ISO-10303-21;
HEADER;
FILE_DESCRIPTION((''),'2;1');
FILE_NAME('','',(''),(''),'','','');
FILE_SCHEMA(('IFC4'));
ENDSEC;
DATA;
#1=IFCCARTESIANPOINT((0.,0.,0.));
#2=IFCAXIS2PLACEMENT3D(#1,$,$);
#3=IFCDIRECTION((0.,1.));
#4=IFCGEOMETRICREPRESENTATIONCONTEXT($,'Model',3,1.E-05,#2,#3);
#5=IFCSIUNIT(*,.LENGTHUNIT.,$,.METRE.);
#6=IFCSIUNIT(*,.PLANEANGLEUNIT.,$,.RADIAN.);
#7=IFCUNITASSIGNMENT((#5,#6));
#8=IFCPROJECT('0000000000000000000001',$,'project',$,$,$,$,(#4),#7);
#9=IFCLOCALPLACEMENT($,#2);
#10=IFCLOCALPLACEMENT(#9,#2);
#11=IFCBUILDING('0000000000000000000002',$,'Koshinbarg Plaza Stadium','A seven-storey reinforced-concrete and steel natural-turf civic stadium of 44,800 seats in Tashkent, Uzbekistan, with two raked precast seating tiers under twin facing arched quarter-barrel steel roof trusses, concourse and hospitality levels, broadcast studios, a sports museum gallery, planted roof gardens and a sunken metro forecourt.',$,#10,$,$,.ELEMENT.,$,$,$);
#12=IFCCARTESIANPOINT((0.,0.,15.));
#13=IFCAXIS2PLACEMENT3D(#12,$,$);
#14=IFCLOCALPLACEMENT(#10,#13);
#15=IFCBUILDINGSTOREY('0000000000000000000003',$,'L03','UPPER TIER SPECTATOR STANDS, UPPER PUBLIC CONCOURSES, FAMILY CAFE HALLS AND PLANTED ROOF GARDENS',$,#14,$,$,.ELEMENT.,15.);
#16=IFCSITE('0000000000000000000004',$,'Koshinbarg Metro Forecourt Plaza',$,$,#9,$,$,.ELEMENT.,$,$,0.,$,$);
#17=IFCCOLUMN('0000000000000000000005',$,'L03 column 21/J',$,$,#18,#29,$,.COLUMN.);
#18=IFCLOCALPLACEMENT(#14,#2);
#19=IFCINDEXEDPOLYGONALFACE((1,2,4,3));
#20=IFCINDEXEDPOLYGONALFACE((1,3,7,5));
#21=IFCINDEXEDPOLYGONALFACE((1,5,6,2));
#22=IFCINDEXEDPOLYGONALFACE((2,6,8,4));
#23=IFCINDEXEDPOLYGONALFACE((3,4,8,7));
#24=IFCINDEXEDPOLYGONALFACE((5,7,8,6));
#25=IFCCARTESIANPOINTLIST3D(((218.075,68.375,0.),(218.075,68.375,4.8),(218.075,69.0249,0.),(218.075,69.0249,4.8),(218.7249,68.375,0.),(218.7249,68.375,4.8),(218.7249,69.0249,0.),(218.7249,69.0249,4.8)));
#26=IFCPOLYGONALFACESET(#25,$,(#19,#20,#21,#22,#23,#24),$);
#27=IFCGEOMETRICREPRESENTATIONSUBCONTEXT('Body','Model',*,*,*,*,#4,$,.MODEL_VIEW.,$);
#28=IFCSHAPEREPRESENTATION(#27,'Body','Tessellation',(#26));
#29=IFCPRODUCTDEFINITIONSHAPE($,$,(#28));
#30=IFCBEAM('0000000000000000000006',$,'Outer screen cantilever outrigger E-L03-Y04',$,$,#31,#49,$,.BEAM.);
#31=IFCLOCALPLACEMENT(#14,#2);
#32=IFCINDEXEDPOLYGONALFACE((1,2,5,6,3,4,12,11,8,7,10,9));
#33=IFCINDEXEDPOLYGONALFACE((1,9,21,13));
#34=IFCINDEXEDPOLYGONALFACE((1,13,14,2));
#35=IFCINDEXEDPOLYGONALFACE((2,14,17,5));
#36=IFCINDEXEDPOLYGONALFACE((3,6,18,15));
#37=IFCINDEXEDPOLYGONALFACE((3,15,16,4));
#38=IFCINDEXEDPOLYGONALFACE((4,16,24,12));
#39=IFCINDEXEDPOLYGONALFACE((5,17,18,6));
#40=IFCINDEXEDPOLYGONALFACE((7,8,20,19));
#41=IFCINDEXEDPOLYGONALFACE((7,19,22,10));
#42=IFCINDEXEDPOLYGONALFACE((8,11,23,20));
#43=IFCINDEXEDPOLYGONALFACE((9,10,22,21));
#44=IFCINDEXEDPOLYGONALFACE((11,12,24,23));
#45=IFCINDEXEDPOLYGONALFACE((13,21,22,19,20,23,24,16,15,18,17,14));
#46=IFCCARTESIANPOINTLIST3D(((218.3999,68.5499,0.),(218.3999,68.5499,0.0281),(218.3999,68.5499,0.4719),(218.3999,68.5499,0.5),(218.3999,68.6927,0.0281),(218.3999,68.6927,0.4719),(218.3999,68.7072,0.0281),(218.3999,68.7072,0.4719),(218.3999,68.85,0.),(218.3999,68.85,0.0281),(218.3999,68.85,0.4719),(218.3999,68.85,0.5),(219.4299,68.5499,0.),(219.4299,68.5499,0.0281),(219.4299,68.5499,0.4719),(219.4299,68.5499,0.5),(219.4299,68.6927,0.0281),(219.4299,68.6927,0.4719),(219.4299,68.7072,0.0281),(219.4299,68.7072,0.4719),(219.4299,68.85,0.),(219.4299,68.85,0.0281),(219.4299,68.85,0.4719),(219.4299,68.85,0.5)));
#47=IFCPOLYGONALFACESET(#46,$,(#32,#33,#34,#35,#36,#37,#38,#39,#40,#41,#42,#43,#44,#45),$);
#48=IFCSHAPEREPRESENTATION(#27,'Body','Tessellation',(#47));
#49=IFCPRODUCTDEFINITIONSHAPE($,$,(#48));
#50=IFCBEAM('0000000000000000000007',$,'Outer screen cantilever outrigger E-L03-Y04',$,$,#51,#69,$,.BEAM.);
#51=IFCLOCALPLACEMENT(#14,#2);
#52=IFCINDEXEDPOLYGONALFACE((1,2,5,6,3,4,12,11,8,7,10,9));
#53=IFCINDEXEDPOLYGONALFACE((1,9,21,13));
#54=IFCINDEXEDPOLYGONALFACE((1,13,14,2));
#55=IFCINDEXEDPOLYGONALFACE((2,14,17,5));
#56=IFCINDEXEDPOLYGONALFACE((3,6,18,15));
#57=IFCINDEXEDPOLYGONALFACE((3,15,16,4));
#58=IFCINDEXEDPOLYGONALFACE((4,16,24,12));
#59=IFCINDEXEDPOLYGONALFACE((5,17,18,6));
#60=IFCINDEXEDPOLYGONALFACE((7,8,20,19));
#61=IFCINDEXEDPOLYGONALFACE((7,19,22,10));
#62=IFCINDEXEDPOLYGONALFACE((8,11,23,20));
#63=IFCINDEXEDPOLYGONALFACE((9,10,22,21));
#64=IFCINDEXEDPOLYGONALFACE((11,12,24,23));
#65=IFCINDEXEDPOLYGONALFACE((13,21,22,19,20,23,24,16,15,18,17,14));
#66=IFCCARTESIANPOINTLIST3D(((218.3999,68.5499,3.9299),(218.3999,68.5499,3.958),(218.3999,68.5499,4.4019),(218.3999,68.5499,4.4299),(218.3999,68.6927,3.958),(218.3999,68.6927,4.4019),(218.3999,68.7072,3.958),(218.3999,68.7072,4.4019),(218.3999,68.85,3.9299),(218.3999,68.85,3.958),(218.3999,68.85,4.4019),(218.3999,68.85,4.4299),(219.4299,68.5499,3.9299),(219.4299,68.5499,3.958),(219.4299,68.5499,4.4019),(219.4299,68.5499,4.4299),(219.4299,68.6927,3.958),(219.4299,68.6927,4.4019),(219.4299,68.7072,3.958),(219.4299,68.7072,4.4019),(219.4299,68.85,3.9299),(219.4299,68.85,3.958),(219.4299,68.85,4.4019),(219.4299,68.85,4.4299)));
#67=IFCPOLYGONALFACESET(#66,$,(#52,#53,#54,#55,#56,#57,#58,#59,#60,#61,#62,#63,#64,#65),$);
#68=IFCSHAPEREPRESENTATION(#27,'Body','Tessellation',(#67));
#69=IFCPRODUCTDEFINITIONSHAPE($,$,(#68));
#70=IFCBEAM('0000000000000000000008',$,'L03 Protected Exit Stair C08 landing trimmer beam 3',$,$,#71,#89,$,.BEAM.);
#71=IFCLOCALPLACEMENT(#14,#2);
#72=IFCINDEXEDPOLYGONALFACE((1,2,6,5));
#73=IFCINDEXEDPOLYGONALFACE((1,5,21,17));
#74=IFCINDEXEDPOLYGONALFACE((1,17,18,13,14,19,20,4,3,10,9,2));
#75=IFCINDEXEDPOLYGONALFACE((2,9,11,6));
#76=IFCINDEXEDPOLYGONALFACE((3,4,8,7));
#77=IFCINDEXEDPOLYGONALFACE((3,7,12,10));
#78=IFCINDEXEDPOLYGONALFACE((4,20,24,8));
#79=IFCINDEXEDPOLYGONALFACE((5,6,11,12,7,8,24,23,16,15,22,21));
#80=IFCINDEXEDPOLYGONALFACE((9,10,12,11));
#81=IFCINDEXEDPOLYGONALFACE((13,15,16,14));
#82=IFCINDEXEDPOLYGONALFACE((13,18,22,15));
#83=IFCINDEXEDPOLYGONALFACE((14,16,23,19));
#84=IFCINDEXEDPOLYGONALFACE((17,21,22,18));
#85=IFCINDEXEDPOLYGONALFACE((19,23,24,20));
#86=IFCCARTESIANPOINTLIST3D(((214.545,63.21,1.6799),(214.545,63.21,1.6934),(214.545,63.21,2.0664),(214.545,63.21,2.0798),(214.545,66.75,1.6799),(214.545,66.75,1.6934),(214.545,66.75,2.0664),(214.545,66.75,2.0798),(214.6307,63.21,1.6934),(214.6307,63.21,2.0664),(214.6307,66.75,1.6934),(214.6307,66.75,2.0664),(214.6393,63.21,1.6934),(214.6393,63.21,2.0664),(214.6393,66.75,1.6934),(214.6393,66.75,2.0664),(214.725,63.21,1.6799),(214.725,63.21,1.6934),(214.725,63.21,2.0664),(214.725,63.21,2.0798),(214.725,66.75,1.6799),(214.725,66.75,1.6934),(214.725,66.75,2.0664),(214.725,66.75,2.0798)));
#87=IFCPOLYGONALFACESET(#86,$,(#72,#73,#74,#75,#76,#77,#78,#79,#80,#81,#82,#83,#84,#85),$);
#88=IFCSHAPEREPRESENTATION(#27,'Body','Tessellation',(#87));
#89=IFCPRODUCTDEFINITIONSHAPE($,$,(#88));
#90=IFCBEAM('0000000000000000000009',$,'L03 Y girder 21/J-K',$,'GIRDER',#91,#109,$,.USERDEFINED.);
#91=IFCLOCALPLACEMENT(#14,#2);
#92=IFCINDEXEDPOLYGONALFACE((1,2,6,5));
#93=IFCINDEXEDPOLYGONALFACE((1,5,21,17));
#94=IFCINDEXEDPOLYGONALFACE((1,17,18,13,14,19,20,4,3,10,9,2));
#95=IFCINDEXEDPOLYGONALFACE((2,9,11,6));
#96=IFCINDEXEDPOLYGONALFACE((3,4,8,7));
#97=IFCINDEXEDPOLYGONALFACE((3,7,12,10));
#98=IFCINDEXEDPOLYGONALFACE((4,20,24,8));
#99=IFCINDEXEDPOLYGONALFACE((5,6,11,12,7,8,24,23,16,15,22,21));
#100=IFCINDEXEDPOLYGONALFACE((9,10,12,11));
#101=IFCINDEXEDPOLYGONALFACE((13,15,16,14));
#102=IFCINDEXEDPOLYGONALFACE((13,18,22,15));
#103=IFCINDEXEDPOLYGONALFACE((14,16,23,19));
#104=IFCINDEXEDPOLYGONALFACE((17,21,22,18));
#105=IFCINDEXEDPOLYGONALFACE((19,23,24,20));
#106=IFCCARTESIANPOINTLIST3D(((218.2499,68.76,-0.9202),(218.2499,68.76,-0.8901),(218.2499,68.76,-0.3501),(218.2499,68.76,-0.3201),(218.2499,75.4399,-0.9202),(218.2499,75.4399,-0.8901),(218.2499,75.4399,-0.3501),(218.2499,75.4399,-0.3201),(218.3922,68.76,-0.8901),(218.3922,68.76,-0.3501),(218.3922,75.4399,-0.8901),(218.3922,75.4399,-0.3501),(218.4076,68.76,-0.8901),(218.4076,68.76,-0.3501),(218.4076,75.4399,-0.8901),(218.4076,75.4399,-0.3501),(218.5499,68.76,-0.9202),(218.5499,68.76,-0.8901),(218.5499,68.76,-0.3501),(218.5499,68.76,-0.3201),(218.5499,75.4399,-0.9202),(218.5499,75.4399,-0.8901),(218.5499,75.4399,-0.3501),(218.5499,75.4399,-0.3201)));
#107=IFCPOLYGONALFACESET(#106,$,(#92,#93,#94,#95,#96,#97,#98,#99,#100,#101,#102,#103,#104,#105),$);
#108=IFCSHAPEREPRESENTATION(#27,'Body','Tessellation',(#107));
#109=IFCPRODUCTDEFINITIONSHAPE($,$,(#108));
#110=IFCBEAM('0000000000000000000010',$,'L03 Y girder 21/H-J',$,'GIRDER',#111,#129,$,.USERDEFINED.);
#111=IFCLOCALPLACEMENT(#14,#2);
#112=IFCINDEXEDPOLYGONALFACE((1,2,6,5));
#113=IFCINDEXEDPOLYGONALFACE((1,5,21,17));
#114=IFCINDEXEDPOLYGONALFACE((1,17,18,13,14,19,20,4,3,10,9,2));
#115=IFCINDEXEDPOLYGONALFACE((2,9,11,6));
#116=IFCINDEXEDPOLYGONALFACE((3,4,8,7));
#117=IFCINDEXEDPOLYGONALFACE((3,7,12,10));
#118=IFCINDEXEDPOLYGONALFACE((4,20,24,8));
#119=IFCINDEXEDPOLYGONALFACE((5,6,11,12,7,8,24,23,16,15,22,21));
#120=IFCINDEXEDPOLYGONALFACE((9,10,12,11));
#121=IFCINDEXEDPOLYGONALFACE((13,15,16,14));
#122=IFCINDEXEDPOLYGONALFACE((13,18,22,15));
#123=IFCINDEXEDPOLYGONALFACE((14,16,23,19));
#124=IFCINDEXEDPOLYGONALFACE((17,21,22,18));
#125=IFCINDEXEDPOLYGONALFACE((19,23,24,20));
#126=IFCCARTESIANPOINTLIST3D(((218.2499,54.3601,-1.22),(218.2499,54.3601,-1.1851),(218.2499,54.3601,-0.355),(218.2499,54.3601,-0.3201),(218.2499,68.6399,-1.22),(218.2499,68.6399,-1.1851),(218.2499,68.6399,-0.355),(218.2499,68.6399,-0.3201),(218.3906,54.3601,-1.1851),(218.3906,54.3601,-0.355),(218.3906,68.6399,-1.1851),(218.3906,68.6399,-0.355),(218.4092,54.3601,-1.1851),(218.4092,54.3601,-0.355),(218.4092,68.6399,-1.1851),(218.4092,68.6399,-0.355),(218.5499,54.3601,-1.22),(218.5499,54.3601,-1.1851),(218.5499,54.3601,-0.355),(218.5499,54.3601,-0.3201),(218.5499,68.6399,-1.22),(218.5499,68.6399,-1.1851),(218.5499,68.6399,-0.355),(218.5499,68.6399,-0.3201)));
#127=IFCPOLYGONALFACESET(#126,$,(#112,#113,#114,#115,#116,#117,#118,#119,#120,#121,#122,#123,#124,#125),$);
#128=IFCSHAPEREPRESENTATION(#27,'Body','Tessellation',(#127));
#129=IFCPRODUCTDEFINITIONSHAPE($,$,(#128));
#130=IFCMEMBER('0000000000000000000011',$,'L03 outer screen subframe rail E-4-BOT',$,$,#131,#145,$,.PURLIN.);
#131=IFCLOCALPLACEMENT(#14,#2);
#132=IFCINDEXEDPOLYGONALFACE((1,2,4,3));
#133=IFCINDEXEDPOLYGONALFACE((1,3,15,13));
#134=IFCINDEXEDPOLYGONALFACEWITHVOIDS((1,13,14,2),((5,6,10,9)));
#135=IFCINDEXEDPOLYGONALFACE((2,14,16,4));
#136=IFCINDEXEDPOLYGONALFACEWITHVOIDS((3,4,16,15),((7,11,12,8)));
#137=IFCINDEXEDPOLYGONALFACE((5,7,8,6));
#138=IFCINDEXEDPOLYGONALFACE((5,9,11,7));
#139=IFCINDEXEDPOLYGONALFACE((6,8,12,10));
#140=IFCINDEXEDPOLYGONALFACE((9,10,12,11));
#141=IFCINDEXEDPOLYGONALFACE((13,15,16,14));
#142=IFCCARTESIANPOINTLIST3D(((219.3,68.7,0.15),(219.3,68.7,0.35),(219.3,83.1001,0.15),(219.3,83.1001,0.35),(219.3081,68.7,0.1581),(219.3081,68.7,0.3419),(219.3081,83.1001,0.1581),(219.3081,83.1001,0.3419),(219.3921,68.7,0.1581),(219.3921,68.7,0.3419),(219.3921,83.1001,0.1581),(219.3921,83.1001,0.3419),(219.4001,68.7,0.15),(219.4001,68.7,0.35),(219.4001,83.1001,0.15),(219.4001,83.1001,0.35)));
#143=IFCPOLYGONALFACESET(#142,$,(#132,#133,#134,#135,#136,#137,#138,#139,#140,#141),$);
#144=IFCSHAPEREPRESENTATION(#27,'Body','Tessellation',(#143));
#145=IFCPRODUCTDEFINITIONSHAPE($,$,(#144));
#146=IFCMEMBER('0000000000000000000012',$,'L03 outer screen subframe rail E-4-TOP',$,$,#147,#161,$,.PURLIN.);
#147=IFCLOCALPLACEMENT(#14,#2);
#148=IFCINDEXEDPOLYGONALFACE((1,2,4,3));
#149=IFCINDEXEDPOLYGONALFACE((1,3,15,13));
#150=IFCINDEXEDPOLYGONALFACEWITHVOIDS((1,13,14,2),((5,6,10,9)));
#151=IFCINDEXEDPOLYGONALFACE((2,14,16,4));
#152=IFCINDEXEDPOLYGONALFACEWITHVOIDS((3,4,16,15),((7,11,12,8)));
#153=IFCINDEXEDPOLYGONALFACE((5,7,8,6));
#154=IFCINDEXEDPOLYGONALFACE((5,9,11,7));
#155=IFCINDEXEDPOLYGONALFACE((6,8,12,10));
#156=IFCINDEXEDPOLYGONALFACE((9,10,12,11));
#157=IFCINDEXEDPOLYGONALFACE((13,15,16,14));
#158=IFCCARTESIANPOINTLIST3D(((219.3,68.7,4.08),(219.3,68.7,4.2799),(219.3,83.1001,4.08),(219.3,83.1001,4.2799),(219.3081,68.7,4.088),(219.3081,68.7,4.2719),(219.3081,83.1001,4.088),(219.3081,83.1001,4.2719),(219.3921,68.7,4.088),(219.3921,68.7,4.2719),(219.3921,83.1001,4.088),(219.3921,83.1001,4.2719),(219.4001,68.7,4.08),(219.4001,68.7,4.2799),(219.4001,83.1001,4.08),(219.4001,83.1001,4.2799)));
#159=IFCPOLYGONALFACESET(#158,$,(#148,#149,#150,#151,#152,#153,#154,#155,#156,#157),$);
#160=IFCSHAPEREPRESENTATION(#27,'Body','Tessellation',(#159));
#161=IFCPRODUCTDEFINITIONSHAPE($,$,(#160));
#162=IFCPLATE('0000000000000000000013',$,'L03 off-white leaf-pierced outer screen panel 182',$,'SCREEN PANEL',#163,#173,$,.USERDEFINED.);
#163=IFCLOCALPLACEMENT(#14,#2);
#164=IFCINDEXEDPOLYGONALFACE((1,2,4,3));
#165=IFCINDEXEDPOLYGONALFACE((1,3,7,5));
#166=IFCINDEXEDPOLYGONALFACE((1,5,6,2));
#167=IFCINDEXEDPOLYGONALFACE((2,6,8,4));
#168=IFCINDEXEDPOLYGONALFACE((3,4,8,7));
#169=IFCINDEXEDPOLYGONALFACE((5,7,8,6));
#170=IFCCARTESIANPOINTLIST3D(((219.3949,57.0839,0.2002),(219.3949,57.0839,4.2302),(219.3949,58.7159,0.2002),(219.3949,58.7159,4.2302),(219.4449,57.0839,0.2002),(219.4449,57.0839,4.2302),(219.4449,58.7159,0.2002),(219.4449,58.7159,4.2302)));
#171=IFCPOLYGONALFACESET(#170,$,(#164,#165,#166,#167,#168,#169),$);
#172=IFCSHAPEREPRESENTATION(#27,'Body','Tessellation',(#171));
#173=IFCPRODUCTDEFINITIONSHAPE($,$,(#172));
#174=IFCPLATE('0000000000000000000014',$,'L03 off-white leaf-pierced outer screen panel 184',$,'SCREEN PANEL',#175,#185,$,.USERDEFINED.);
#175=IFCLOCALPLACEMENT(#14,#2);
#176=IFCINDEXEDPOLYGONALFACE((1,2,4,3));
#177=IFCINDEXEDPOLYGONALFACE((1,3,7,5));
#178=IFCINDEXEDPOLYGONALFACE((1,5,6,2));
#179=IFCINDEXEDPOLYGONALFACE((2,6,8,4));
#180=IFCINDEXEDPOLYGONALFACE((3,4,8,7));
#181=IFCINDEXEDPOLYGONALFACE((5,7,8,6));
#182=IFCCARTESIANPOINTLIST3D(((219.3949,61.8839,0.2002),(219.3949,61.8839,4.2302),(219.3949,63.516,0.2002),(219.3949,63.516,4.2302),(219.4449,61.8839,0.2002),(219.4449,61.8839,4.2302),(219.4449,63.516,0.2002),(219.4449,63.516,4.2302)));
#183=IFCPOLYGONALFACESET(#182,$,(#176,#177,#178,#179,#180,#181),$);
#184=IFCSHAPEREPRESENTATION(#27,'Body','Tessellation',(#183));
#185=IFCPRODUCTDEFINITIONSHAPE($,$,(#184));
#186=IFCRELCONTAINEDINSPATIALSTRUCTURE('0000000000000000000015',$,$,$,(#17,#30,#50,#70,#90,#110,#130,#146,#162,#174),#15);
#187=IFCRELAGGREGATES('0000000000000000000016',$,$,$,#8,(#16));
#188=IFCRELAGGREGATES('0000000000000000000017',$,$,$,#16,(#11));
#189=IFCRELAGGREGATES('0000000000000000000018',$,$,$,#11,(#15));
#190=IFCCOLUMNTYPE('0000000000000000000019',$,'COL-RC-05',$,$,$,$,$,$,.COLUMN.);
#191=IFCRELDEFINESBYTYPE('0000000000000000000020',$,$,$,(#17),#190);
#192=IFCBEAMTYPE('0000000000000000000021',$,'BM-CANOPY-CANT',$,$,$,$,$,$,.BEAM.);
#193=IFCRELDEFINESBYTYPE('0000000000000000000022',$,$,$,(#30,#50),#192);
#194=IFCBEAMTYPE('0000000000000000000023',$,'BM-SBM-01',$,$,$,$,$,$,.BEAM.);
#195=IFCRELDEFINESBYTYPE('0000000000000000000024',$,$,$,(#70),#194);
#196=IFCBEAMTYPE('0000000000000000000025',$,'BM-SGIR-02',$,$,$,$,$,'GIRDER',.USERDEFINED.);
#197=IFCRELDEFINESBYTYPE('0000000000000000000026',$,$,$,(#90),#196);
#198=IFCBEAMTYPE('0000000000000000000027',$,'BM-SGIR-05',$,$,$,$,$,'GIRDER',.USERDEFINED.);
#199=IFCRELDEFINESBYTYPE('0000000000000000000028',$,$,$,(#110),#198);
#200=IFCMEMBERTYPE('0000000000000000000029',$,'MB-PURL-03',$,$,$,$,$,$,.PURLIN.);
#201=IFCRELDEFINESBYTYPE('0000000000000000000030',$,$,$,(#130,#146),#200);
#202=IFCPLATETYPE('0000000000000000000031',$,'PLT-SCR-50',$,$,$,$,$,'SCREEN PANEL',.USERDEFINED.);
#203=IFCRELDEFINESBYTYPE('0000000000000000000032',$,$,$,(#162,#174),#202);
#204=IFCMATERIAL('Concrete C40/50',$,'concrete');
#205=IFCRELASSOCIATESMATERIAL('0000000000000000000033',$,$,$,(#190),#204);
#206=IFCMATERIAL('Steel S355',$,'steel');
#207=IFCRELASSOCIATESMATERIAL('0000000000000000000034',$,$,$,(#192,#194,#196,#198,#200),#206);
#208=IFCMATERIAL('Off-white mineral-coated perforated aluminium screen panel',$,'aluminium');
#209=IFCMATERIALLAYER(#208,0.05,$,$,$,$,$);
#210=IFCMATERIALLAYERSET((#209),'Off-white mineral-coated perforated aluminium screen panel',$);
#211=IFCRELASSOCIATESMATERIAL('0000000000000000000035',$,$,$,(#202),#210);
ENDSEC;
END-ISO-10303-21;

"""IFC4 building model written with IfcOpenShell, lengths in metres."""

from ifc_helpers import new_model, si_unit, direction, frame, origin, origin_2d, place, context, subcontext, project, spatial, rectangle, hollow_rectangle, i_section, extrude, material, layer, layer_set, material_profile, profile_set, type_object, element, save


model = new_model("IFC4")

# Units and contexts
model_context = context("Model", 3, precision=1e-05, world=origin(), true_north=direction((0.0, 1.0)))
body_context = subcontext(model_context, "Body", "Model", "MODEL_VIEW")
ifc_project = project(units=[si_unit("LENGTHUNIT", "METRE"), si_unit("PLANEANGLEUNIT", "RADIAN")], contexts=[model_context])

# Site, building, storey
site_placement = place(None, origin())
site = spatial("IfcSite", under=ifc_project, at=site_placement, Name="Koshinbarg Metro Forecourt Plaza", CompositionType="ELEMENT", RefElevation=0.0)
building_placement = place(site_placement, origin())
building = spatial("IfcBuilding", under=site, at=building_placement, Name="Koshinbarg Plaza Stadium", Description="A seven-storey reinforced-concrete and steel natural-turf civic stadium of 44,800 seats in Tashkent, Uzbekistan, with two raked precast seating tiers under twin facing arched quarter-barrel steel roof trusses, concourse and hospitality levels, broadcast studios, a sports museum gallery, planted roof gardens and a sunken metro forecourt.", CompositionType="ELEMENT")
storey_placement = place(building_placement, frame((0.0, 0.0, 15.0)))
storey = spatial("IfcBuildingStorey", under=building, at=storey_placement, Name="L03", Description="UPPER TIER SPECTATOR STANDS, UPPER PUBLIC CONCOURSES, FAMILY CAFE HALLS AND PLANTED ROOF GARDENS", CompositionType="ELEMENT", Elevation=15.0)

# Column
ifc_material_1 = material(Name="Concrete C40/50", Category="concrete")
ifc_material_profile_1 = material_profile(ifc_material_1, rectangle(XDim=0.6499, YDim=0.6499, at=origin_2d()), Name="RC 650x650")
ifc_profile_set_1 = profile_set([ifc_material_profile_1], Name="Concrete C40/50")
column_type = type_object("IfcColumnType", Name="COL-RC-05", PredefinedType="COLUMN", material=ifc_profile_set_1)
column_placement = place(storey_placement, frame((218.3999, 68.7, 0.0), z_axis=(0.0, 0.0, 1.0), x_axis=(1.0, 0.0, 0.0)))
element("IfcColumn", 1, at=column_placement, inside=storey, type_object=column_type, Name="L03 column 21/J", PredefinedType="COLUMN", context=body_context, shape_type="SweptSolid", body=[
    extrude(rectangle(XDim=0.6499, YDim=0.6499, at=origin_2d()), origin(), (0.0, 0.0, 1.0), 4.8),
])

# Beams
ifc_material_2 = material(Name="Steel S355", Category="steel")
ifc_material_profile_2 = material_profile(ifc_material_2, i_section(OverallWidth=0.3, OverallDepth=0.5, WebThickness=0.0144, FlangeThickness=0.0281, at=origin_2d()), Name="HEB 500")
ifc_profile_set_2 = profile_set([ifc_material_profile_2], Name="Steel S355")
beam_type_1 = type_object("IfcBeamType", Name="BM-CANOPY-CANT", PredefinedType="BEAM", material=ifc_profile_set_2)
for number, where, z_axis, x_axis, name in (
    (2, (218.3999, 68.7, 0.25), (1.0, 0.0, 0.0), (0.0, 1.0, 0.0), "Outer screen cantilever outrigger E-L03-Y04"),
    (3, (218.3999, 68.7, 4.1799), (1.0, 0.0, 0.0), (0.0, 1.0, 0.0), "Outer screen cantilever outrigger E-L03-Y04"),
):
    element("IfcBeam", number, at=place(storey_placement, frame(where, z_axis=z_axis, x_axis=x_axis)), inside=storey, type_object=beam_type_1, Name=name, PredefinedType="BEAM", context=body_context, shape_type="SweptSolid", body=[
        extrude(i_section(OverallWidth=0.3, OverallDepth=0.5, WebThickness=0.0144, FlangeThickness=0.0281, at=origin_2d()), origin(), (0.0, 0.0, 1.0), 1.03),
    ])
ifc_material_profile_3 = material_profile(ifc_material_2, i_section(OverallWidth=0.1799, OverallDepth=0.3999, WebThickness=0.0085, FlangeThickness=0.0134, at=origin_2d()), Name="IPE 400")
ifc_profile_set_3 = profile_set([ifc_material_profile_3], Name="Steel S355")
beam_type_2 = type_object("IfcBeamType", Name="BM-SBM-01", PredefinedType="BEAM", material=ifc_profile_set_3)
beam_1_placement = place(storey_placement, frame((214.635, 63.21, 1.8799), z_axis=(0.0, 1.0, 0.0), x_axis=(-1.0, 0.0, 0.0)))
element("IfcBeam", 4, at=beam_1_placement, inside=storey, type_object=beam_type_2, Name="L03 Protected Exit Stair C08 landing trimmer beam 3", PredefinedType="BEAM", context=body_context, shape_type="SweptSolid", body=[
    extrude(i_section(OverallWidth=0.1799, OverallDepth=0.3999, WebThickness=0.0085, FlangeThickness=0.0134, at=origin_2d()), origin(), (0.0, 0.0, 1.0), 3.54),
])
ifc_material_profile_4 = material_profile(ifc_material_2, i_section(OverallWidth=0.3, OverallDepth=0.6001, WebThickness=0.0154, FlangeThickness=0.03, at=origin_2d()), Name="HEB 600")
ifc_profile_set_4 = profile_set([ifc_material_profile_4], Name="Steel S355")
beam_type_3 = type_object("IfcBeamType", Name="BM-SGIR-02", ElementType="GIRDER", PredefinedType="USERDEFINED", material=ifc_profile_set_4)
beam_2_placement = place(storey_placement, frame((218.3999, 68.76, -0.6201), z_axis=(0.0, 1.0, 0.0), x_axis=(-1.0, 0.0, 0.0)))
element("IfcBeam", 5, at=beam_2_placement, inside=storey, type_object=beam_type_3, Name="L03 Y girder 21/J-K", ObjectType="GIRDER", PredefinedType="USERDEFINED", context=body_context, shape_type="SweptSolid", body=[
    extrude(i_section(OverallWidth=0.3, OverallDepth=0.6001, WebThickness=0.0154, FlangeThickness=0.03, at=origin_2d()), origin(), (0.0, 0.0, 1.0), 6.6799),
])
ifc_material_profile_5 = material_profile(ifc_material_2, i_section(OverallWidth=0.3, OverallDepth=0.8999, WebThickness=0.0186, FlangeThickness=0.0349, at=origin_2d()), Name="HEB 900")
ifc_profile_set_5 = profile_set([ifc_material_profile_5], Name="Steel S355")
beam_type_4 = type_object("IfcBeamType", Name="BM-SGIR-05", ElementType="GIRDER", PredefinedType="USERDEFINED", material=ifc_profile_set_5)
beam_3_placement = place(storey_placement, frame((218.3999, 54.3601, -0.77), z_axis=(0.0, 1.0, 0.0), x_axis=(-1.0, 0.0, 0.0)))
element("IfcBeam", 6, at=beam_3_placement, inside=storey, type_object=beam_type_4, Name="L03 Y girder 21/H-J", ObjectType="GIRDER", PredefinedType="USERDEFINED", context=body_context, shape_type="SweptSolid", body=[
    extrude(i_section(OverallWidth=0.3, OverallDepth=0.8999, WebThickness=0.0186, FlangeThickness=0.0349, at=origin_2d()), origin(), (0.0, 0.0, 1.0), 14.2798),
])

# Members
ifc_material_profile_6 = material_profile(ifc_material_2, hollow_rectangle(XDim=0.1001, YDim=0.2, WallThickness=0.0081, at=origin_2d()), Name="RHS 200x100x8")
ifc_profile_set_6 = profile_set([ifc_material_profile_6], Name="Steel S355")
member_type = type_object("IfcMemberType", Name="MB-PURL-03", PredefinedType="PURLIN", material=ifc_profile_set_6)
for number, where, z_axis, x_axis, name in (
    (7, (219.3501, 68.7, 0.25), (0.0, 1.0, 0.0), (-1.0, 0.0, 0.0), "L03 outer screen subframe rail E-4-BOT"),
    (8, (219.3501, 68.7, 4.1799), (0.0, 1.0, 0.0), (-1.0, 0.0, 0.0), "L03 outer screen subframe rail E-4-TOP"),
):
    element("IfcMember", number, at=place(storey_placement, frame(where, z_axis=z_axis, x_axis=x_axis)), inside=storey, type_object=member_type, Name=name, PredefinedType="PURLIN", context=body_context, shape_type="SweptSolid", body=[
        extrude(hollow_rectangle(XDim=0.1001, YDim=0.2, WallThickness=0.0081, at=origin_2d()), origin(), (0.0, 0.0, 1.0), 14.4001),
    ])

# Plates
ifc_material_3 = material(Name="Off-white mineral-coated perforated aluminium screen panel", Category="aluminium")
ifc_layer_1 = layer(ifc_material_3, 0.05)
ifc_layer_set_1 = layer_set([ifc_layer_1], Name="Off-white mineral-coated perforated aluminium screen panel")
plate_type_1 = type_object("IfcPlateType", Name="PLT-SCR-50", ElementType="SCREEN PANEL", PredefinedType="USERDEFINED", material=ifc_layer_set_1)
for number, where, z_axis, x_axis, name in (
    (9, (219.4199, 57.8999, 0.2002), (0.0, 0.0, 1.0), (1.0, 0.0, 0.0), "L03 off-white leaf-pierced outer screen panel 182"),
    (10, (219.4199, 62.7, 0.2002), (0.0, 0.0, 1.0), (1.0, 0.0, 0.0), "L03 off-white leaf-pierced outer screen panel 184"),
):
    element("IfcPlate", number, at=place(storey_placement, frame(where, z_axis=z_axis, x_axis=x_axis)), inside=storey, type_object=plate_type_1, Name=name, ObjectType="SCREEN PANEL", PredefinedType="USERDEFINED", context=body_context, shape_type="SweptSolid", body=[
        extrude(rectangle(XDim=0.05, YDim=1.6321, at=origin_2d()), origin(), (0.0, 0.0, 1.0), 4.03),
    ])

save(model, "model.ifc")
